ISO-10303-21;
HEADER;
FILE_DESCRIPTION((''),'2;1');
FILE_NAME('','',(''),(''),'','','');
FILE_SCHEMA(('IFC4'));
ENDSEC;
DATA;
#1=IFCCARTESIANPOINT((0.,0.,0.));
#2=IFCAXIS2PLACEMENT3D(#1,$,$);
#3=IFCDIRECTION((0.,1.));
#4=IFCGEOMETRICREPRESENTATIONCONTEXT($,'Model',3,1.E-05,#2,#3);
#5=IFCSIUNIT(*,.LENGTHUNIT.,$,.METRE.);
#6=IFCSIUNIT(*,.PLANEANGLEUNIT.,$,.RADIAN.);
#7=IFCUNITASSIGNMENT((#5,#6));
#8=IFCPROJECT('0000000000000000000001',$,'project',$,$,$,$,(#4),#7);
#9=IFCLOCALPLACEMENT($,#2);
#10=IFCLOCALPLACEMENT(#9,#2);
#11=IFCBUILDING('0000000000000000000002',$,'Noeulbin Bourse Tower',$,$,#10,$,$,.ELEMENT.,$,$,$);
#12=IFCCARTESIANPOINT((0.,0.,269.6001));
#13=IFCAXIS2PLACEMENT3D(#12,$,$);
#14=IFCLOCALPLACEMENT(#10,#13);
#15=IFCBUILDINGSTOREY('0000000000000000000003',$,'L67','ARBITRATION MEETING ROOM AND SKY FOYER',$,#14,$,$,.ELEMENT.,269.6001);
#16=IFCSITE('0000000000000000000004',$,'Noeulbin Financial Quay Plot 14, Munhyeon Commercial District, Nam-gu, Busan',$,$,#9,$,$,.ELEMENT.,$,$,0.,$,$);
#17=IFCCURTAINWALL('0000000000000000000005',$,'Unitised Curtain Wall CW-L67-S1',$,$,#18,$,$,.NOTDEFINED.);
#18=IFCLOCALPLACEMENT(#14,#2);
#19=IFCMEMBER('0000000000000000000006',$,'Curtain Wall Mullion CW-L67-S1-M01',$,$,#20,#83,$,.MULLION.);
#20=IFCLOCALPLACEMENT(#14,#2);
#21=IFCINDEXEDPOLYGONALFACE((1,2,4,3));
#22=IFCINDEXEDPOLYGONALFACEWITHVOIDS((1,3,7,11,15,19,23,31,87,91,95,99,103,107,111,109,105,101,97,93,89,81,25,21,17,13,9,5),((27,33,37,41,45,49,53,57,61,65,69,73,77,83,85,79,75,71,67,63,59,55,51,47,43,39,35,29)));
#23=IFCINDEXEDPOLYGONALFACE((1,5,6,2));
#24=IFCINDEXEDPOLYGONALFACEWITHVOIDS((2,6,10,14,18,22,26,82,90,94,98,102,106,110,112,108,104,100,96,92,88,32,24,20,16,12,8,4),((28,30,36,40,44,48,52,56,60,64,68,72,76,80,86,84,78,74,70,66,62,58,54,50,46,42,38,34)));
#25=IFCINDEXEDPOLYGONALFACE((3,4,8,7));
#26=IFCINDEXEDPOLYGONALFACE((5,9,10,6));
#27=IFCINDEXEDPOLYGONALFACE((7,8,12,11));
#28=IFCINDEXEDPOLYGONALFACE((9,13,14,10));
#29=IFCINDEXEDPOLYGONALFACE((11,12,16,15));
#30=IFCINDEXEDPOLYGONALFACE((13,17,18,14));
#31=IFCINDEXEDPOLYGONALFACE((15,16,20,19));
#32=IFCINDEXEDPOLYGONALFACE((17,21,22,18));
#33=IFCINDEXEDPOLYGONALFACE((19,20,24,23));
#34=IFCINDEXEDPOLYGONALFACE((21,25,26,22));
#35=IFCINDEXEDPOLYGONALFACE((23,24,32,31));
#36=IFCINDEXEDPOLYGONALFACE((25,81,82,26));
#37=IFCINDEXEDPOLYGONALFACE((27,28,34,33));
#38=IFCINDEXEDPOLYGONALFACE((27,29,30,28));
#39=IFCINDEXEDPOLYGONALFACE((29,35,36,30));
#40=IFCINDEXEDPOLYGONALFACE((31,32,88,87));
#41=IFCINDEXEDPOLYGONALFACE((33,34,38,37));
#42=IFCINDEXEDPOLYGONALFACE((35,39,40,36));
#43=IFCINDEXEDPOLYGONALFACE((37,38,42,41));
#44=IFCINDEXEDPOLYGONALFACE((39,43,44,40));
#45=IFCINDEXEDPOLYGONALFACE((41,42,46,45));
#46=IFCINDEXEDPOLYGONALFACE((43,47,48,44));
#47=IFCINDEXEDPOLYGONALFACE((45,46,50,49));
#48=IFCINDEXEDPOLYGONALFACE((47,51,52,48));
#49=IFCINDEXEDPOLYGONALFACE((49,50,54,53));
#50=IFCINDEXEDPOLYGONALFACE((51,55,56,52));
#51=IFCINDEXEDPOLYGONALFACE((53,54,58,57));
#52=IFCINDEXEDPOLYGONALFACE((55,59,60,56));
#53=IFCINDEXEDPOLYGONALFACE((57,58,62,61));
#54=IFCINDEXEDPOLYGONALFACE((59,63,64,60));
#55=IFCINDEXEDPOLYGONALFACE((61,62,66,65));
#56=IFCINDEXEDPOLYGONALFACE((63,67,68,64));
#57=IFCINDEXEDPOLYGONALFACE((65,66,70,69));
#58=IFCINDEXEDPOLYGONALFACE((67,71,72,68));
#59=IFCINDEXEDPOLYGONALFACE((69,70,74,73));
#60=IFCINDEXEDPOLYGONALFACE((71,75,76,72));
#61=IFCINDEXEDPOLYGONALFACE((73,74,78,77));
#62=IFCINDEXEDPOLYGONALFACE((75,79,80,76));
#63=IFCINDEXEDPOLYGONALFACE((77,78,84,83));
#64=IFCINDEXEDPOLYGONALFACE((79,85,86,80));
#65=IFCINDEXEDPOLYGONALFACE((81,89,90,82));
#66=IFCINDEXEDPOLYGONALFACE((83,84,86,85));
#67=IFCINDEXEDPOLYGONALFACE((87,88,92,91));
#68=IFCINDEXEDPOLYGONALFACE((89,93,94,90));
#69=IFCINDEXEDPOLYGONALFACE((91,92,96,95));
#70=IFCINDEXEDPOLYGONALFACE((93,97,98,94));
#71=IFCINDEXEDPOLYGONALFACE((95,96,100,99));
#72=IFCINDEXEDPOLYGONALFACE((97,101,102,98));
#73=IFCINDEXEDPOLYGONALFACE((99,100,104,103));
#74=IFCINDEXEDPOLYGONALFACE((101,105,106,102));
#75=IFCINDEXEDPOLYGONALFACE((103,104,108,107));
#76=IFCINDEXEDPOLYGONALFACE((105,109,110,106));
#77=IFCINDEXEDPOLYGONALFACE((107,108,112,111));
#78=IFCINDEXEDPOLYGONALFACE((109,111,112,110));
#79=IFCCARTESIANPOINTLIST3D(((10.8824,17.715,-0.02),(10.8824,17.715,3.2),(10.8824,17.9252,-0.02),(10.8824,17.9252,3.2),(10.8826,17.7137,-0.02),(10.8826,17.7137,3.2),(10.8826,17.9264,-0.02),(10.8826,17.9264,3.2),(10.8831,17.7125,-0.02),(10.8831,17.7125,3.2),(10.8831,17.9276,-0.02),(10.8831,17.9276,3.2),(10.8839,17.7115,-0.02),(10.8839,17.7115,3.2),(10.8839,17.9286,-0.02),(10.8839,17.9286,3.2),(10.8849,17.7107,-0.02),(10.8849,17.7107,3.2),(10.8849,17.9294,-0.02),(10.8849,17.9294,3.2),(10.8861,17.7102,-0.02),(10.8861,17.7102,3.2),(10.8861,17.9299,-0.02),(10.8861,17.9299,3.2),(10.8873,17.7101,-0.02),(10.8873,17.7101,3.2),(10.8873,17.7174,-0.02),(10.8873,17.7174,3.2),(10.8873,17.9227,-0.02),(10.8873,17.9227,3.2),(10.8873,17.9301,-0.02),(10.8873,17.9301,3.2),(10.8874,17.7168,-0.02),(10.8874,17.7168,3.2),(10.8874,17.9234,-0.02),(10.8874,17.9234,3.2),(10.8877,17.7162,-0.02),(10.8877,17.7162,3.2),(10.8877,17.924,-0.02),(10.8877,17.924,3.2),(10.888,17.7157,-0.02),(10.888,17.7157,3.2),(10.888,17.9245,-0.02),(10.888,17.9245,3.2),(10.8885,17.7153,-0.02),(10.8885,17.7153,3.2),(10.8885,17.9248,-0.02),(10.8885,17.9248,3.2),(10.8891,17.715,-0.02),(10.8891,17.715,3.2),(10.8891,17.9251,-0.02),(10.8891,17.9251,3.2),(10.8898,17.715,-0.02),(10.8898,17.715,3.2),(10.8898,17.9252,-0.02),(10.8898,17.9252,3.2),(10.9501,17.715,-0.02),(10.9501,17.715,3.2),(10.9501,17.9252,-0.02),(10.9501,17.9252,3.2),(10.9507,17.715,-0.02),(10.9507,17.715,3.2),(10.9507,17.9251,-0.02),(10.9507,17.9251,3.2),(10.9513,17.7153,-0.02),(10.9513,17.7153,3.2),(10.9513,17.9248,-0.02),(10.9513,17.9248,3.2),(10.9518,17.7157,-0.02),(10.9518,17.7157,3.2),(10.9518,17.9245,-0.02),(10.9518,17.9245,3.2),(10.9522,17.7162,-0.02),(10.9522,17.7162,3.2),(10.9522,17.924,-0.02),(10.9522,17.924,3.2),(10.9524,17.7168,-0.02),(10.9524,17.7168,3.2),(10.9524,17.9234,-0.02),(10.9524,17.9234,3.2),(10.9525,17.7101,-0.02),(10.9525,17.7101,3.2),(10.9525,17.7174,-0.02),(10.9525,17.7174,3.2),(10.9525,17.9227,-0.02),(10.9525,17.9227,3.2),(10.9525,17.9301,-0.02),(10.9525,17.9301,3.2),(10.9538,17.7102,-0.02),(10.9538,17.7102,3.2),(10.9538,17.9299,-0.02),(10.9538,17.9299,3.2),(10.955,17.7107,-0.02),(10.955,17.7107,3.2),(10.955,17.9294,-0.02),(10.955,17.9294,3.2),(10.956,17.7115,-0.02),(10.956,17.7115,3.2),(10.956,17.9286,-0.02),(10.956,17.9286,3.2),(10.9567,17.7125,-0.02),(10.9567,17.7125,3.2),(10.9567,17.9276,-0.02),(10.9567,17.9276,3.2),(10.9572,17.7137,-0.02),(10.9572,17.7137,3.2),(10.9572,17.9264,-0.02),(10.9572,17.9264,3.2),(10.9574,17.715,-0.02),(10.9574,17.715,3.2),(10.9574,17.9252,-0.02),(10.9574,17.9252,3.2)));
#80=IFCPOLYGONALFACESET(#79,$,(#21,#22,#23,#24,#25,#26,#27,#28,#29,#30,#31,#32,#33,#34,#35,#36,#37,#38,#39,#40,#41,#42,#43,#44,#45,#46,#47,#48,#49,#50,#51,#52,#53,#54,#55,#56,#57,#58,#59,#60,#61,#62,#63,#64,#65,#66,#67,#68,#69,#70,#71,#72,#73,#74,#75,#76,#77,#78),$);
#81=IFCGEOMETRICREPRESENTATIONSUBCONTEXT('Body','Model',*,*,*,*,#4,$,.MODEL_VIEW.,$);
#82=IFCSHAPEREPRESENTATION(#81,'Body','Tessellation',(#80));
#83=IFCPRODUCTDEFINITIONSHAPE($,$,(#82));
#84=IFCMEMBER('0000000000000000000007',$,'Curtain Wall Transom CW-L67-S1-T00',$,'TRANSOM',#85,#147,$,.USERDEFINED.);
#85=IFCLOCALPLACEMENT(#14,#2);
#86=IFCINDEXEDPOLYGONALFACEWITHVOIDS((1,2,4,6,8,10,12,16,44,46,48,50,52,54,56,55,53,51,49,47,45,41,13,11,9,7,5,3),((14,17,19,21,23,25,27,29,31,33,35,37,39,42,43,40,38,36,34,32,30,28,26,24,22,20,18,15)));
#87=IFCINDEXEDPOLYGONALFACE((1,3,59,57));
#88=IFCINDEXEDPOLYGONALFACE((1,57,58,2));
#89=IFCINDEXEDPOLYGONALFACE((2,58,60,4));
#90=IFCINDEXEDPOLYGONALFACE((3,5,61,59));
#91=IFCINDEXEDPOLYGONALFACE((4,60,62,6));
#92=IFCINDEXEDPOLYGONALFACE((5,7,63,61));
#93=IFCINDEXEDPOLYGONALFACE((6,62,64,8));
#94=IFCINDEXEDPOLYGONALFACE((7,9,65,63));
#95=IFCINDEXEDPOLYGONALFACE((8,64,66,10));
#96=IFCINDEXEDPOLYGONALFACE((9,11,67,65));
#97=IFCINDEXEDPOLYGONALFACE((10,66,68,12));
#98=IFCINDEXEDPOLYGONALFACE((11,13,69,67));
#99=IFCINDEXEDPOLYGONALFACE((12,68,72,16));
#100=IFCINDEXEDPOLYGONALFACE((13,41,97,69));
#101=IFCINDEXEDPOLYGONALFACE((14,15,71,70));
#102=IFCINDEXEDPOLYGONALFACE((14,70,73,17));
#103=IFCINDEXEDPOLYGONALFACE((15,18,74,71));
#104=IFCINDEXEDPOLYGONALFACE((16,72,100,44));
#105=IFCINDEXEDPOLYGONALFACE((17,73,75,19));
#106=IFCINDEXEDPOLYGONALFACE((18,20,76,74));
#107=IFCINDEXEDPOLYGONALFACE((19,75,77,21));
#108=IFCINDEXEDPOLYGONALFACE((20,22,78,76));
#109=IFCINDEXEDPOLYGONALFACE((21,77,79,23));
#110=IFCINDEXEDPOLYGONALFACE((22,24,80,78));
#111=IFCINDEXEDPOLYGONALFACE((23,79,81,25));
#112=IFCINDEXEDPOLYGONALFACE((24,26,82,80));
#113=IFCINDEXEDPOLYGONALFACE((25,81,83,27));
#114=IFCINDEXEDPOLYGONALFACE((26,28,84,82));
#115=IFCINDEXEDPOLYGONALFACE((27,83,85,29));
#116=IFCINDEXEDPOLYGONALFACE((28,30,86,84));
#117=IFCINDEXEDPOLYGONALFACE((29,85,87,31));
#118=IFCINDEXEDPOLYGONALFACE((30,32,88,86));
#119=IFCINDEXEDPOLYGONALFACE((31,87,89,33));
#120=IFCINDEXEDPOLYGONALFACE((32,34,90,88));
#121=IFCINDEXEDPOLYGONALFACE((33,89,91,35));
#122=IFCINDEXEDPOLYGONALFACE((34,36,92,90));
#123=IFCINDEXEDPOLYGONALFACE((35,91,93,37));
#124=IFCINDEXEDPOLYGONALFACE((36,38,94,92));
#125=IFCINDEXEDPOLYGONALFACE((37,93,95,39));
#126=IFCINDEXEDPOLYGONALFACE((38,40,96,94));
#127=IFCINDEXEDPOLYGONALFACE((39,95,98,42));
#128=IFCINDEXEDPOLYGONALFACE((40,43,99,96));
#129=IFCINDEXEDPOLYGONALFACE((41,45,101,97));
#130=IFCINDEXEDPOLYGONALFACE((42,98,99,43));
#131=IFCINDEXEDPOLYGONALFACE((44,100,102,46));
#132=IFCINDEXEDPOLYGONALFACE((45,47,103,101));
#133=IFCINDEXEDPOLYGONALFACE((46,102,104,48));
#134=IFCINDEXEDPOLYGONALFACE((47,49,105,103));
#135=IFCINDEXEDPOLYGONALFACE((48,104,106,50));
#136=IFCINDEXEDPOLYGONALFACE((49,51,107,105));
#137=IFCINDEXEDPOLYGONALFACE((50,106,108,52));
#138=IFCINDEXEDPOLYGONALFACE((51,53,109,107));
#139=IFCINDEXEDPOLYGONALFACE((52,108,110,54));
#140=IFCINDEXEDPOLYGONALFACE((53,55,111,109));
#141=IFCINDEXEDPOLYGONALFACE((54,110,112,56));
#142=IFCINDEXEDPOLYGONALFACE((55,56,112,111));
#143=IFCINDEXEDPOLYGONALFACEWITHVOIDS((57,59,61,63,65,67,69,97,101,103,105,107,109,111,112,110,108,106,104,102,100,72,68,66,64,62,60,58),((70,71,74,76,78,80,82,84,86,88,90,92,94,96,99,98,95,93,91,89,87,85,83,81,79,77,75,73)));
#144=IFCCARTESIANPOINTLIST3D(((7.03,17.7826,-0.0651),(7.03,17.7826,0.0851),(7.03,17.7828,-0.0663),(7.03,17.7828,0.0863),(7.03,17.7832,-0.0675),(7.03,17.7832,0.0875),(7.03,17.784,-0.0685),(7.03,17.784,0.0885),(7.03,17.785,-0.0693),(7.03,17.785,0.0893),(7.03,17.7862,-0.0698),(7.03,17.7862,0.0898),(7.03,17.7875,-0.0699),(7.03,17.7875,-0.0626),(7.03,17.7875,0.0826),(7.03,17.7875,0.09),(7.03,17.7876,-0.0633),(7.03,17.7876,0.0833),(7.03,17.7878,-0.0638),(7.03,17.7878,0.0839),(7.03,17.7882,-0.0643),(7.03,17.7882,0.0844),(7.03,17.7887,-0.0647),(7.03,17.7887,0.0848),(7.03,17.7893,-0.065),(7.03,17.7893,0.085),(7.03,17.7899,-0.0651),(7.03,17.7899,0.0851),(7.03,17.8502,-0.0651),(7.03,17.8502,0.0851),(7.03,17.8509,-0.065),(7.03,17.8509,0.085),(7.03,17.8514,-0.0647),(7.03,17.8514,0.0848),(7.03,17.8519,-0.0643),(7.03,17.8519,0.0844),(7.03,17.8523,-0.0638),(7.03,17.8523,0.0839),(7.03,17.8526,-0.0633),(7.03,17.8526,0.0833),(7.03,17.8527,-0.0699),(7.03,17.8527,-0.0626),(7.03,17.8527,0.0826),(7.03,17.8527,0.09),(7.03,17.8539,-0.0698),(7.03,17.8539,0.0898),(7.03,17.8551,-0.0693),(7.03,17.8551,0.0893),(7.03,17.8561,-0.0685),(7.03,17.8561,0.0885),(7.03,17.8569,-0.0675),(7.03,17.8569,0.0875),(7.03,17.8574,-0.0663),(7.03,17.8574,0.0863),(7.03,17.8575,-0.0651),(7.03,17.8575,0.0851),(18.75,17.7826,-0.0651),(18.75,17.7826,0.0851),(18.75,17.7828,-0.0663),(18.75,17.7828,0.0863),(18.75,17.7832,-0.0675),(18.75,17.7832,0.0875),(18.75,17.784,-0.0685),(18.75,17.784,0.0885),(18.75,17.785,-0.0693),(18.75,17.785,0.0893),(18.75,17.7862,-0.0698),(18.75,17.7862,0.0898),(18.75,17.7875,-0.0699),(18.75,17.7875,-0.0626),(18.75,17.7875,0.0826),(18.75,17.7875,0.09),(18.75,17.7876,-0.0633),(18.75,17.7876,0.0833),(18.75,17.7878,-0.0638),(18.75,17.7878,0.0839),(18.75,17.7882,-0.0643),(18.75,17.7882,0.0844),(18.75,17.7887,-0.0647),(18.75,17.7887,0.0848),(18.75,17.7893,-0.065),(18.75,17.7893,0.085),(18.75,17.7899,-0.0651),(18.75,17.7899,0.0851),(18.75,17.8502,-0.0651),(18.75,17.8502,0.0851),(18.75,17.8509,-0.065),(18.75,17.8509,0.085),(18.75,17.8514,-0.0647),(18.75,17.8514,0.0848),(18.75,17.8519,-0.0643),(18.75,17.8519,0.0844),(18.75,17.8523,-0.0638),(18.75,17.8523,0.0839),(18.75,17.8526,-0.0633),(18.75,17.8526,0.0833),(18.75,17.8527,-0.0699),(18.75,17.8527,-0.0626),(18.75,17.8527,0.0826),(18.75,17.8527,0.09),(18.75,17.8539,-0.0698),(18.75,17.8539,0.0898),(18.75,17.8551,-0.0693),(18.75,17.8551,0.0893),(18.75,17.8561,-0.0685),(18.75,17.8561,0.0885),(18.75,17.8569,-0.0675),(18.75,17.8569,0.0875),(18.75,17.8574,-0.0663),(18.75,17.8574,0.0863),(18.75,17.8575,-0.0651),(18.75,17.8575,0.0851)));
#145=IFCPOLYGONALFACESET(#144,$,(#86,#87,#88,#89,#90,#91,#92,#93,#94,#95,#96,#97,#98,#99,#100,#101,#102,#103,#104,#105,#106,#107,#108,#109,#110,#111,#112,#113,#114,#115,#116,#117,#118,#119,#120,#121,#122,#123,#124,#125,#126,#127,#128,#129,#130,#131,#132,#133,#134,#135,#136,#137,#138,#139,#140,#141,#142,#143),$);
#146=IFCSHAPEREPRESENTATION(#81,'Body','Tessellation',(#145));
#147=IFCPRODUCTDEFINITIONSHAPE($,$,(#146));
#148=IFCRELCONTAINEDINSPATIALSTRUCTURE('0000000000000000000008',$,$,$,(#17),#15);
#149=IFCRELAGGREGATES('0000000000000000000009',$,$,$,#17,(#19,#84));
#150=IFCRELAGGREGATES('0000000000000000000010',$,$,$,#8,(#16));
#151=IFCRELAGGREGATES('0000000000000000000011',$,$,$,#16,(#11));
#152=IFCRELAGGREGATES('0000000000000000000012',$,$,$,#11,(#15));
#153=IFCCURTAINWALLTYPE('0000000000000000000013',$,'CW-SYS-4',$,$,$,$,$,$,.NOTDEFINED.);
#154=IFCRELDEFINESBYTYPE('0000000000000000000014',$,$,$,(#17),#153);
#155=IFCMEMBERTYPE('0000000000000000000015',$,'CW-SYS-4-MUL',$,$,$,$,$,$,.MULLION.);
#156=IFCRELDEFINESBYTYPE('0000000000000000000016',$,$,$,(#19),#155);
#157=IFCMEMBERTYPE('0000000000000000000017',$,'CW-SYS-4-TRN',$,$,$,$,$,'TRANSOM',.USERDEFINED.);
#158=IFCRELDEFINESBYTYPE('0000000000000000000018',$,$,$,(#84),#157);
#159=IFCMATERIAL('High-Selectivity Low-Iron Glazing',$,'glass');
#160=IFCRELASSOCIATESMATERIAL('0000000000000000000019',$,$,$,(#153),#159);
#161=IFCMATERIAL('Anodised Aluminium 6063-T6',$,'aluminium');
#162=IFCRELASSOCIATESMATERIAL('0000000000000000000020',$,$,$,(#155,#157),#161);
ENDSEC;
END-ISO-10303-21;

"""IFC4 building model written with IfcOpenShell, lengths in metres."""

from ifc_helpers import new_model, si_unit, direction, frame, origin, origin_2d, place, context, subcontext, project, spatial, hollow_rectangle, extrude, material, material_profile, profile_set, type_object, element, aggregate, save


model = new_model("IFC4")

# Units and contexts
model_context = context("Model", 3, precision=1e-05, world=origin(), true_north=direction((0.0, 1.0)))
body_context = subcontext(model_context, "Body", "Model", "MODEL_VIEW")
ifc_project = project(units=[si_unit("LENGTHUNIT", "METRE"), si_unit("PLANEANGLEUNIT", "RADIAN")], contexts=[model_context])

# Site, building, storey
site_placement = place(None, origin())
site = spatial("IfcSite", under=ifc_project, at=site_placement, Name="Noeulbin Financial Quay Plot 14, Munhyeon Commercial District, Nam-gu, Busan", CompositionType="ELEMENT", RefElevation=0.0)
building_placement = place(site_placement, origin())
building = spatial("IfcBuilding", under=site, at=building_placement, Name="Noeulbin Bourse Tower", CompositionType="ELEMENT")
storey_placement = place(building_placement, frame((0.0, 0.0, 269.6001)))
storey = spatial("IfcBuildingStorey", under=building, at=storey_placement, Name="L67", Description="ARBITRATION MEETING ROOM AND SKY FOYER", CompositionType="ELEMENT", Elevation=269.6001)

# Curtain wall, members
ifc_material_1 = material(Name="High-Selectivity Low-Iron Glazing", Category="glass")
curtain_wall_type = type_object("IfcCurtainWallType", Name="CW-SYS-4", PredefinedType="NOTDEFINED", material=ifc_material_1)
curtain_wall_placement = place(storey_placement, origin())
curtain_wall = element("IfcCurtainWall", 1, at=curtain_wall_placement, inside=storey, type_object=curtain_wall_type, Name="Unitised Curtain Wall CW-L67-S1", PredefinedType="NOTDEFINED")
ifc_material_2 = material(Name="Anodised Aluminium 6063-T6", Category="aluminium")
ifc_material_profile_1 = material_profile(ifc_material_2, hollow_rectangle(XDim=0.075, YDim=0.22, WallThickness=0.0049, InnerFilletRadius=0.0024, OuterFilletRadius=0.0049, at=origin_2d()), Name="ALU-MULL-75x220x5", Category="LoadBearing")
ifc_profile_set_1 = profile_set([ifc_material_profile_1], Name="Anodised Aluminium 6063-T6")
member_type_1 = type_object("IfcMemberType", Name="CW-SYS-4-MUL", PredefinedType="MULLION", material=ifc_profile_set_1)
member_1_placement = place(storey_placement, frame((10.9199, 17.8201, -0.02), z_axis=(0.0, 0.0, 1.0), x_axis=(1.0, 0.0, 0.0)))
member_1 = element("IfcMember", 2, at=member_1_placement, type_object=member_type_1, Name="Curtain Wall Mullion CW-L67-S1-M01", PredefinedType="MULLION", context=body_context, shape_type="SweptSolid", body=[
    extrude(hollow_rectangle(XDim=0.075, YDim=0.22, WallThickness=0.0049, InnerFilletRadius=0.0024, OuterFilletRadius=0.0049, at=origin_2d()), origin(), (0.0, 0.0, 1.0), 3.22),
])
ifc_material_profile_2 = material_profile(ifc_material_2, hollow_rectangle(XDim=0.075, YDim=0.1599, WallThickness=0.0049, InnerFilletRadius=0.0024, OuterFilletRadius=0.0049, at=origin_2d()), Name="ALU-TRAN-75x160x5", Category="LoadBearing")
ifc_profile_set_2 = profile_set([ifc_material_profile_2], Name="Anodised Aluminium 6063-T6")
member_type_2 = type_object("IfcMemberType", Name="CW-SYS-4-TRN", ElementType="TRANSOM", PredefinedType="USERDEFINED", material=ifc_profile_set_2)
member_2_placement = place(storey_placement, frame((7.03, 17.8201, 0.01), z_axis=(1.0, 0.0, 0.0), x_axis=(0.0, 1.0, 0.0)))
member_2 = element("IfcMember", 3, at=member_2_placement, type_object=member_type_2, Name="Curtain Wall Transom CW-L67-S1-T00", ObjectType="TRANSOM", PredefinedType="USERDEFINED", context=body_context, shape_type="SweptSolid", body=[
    extrude(hollow_rectangle(XDim=0.075, YDim=0.1599, WallThickness=0.0049, InnerFilletRadius=0.0024, OuterFilletRadius=0.0049, at=origin_2d()), origin(), (0.0, 0.0, 1.0), 11.72),
])
aggregate(curtain_wall, [member_1, member_2])

save(model, "model.ifc")
